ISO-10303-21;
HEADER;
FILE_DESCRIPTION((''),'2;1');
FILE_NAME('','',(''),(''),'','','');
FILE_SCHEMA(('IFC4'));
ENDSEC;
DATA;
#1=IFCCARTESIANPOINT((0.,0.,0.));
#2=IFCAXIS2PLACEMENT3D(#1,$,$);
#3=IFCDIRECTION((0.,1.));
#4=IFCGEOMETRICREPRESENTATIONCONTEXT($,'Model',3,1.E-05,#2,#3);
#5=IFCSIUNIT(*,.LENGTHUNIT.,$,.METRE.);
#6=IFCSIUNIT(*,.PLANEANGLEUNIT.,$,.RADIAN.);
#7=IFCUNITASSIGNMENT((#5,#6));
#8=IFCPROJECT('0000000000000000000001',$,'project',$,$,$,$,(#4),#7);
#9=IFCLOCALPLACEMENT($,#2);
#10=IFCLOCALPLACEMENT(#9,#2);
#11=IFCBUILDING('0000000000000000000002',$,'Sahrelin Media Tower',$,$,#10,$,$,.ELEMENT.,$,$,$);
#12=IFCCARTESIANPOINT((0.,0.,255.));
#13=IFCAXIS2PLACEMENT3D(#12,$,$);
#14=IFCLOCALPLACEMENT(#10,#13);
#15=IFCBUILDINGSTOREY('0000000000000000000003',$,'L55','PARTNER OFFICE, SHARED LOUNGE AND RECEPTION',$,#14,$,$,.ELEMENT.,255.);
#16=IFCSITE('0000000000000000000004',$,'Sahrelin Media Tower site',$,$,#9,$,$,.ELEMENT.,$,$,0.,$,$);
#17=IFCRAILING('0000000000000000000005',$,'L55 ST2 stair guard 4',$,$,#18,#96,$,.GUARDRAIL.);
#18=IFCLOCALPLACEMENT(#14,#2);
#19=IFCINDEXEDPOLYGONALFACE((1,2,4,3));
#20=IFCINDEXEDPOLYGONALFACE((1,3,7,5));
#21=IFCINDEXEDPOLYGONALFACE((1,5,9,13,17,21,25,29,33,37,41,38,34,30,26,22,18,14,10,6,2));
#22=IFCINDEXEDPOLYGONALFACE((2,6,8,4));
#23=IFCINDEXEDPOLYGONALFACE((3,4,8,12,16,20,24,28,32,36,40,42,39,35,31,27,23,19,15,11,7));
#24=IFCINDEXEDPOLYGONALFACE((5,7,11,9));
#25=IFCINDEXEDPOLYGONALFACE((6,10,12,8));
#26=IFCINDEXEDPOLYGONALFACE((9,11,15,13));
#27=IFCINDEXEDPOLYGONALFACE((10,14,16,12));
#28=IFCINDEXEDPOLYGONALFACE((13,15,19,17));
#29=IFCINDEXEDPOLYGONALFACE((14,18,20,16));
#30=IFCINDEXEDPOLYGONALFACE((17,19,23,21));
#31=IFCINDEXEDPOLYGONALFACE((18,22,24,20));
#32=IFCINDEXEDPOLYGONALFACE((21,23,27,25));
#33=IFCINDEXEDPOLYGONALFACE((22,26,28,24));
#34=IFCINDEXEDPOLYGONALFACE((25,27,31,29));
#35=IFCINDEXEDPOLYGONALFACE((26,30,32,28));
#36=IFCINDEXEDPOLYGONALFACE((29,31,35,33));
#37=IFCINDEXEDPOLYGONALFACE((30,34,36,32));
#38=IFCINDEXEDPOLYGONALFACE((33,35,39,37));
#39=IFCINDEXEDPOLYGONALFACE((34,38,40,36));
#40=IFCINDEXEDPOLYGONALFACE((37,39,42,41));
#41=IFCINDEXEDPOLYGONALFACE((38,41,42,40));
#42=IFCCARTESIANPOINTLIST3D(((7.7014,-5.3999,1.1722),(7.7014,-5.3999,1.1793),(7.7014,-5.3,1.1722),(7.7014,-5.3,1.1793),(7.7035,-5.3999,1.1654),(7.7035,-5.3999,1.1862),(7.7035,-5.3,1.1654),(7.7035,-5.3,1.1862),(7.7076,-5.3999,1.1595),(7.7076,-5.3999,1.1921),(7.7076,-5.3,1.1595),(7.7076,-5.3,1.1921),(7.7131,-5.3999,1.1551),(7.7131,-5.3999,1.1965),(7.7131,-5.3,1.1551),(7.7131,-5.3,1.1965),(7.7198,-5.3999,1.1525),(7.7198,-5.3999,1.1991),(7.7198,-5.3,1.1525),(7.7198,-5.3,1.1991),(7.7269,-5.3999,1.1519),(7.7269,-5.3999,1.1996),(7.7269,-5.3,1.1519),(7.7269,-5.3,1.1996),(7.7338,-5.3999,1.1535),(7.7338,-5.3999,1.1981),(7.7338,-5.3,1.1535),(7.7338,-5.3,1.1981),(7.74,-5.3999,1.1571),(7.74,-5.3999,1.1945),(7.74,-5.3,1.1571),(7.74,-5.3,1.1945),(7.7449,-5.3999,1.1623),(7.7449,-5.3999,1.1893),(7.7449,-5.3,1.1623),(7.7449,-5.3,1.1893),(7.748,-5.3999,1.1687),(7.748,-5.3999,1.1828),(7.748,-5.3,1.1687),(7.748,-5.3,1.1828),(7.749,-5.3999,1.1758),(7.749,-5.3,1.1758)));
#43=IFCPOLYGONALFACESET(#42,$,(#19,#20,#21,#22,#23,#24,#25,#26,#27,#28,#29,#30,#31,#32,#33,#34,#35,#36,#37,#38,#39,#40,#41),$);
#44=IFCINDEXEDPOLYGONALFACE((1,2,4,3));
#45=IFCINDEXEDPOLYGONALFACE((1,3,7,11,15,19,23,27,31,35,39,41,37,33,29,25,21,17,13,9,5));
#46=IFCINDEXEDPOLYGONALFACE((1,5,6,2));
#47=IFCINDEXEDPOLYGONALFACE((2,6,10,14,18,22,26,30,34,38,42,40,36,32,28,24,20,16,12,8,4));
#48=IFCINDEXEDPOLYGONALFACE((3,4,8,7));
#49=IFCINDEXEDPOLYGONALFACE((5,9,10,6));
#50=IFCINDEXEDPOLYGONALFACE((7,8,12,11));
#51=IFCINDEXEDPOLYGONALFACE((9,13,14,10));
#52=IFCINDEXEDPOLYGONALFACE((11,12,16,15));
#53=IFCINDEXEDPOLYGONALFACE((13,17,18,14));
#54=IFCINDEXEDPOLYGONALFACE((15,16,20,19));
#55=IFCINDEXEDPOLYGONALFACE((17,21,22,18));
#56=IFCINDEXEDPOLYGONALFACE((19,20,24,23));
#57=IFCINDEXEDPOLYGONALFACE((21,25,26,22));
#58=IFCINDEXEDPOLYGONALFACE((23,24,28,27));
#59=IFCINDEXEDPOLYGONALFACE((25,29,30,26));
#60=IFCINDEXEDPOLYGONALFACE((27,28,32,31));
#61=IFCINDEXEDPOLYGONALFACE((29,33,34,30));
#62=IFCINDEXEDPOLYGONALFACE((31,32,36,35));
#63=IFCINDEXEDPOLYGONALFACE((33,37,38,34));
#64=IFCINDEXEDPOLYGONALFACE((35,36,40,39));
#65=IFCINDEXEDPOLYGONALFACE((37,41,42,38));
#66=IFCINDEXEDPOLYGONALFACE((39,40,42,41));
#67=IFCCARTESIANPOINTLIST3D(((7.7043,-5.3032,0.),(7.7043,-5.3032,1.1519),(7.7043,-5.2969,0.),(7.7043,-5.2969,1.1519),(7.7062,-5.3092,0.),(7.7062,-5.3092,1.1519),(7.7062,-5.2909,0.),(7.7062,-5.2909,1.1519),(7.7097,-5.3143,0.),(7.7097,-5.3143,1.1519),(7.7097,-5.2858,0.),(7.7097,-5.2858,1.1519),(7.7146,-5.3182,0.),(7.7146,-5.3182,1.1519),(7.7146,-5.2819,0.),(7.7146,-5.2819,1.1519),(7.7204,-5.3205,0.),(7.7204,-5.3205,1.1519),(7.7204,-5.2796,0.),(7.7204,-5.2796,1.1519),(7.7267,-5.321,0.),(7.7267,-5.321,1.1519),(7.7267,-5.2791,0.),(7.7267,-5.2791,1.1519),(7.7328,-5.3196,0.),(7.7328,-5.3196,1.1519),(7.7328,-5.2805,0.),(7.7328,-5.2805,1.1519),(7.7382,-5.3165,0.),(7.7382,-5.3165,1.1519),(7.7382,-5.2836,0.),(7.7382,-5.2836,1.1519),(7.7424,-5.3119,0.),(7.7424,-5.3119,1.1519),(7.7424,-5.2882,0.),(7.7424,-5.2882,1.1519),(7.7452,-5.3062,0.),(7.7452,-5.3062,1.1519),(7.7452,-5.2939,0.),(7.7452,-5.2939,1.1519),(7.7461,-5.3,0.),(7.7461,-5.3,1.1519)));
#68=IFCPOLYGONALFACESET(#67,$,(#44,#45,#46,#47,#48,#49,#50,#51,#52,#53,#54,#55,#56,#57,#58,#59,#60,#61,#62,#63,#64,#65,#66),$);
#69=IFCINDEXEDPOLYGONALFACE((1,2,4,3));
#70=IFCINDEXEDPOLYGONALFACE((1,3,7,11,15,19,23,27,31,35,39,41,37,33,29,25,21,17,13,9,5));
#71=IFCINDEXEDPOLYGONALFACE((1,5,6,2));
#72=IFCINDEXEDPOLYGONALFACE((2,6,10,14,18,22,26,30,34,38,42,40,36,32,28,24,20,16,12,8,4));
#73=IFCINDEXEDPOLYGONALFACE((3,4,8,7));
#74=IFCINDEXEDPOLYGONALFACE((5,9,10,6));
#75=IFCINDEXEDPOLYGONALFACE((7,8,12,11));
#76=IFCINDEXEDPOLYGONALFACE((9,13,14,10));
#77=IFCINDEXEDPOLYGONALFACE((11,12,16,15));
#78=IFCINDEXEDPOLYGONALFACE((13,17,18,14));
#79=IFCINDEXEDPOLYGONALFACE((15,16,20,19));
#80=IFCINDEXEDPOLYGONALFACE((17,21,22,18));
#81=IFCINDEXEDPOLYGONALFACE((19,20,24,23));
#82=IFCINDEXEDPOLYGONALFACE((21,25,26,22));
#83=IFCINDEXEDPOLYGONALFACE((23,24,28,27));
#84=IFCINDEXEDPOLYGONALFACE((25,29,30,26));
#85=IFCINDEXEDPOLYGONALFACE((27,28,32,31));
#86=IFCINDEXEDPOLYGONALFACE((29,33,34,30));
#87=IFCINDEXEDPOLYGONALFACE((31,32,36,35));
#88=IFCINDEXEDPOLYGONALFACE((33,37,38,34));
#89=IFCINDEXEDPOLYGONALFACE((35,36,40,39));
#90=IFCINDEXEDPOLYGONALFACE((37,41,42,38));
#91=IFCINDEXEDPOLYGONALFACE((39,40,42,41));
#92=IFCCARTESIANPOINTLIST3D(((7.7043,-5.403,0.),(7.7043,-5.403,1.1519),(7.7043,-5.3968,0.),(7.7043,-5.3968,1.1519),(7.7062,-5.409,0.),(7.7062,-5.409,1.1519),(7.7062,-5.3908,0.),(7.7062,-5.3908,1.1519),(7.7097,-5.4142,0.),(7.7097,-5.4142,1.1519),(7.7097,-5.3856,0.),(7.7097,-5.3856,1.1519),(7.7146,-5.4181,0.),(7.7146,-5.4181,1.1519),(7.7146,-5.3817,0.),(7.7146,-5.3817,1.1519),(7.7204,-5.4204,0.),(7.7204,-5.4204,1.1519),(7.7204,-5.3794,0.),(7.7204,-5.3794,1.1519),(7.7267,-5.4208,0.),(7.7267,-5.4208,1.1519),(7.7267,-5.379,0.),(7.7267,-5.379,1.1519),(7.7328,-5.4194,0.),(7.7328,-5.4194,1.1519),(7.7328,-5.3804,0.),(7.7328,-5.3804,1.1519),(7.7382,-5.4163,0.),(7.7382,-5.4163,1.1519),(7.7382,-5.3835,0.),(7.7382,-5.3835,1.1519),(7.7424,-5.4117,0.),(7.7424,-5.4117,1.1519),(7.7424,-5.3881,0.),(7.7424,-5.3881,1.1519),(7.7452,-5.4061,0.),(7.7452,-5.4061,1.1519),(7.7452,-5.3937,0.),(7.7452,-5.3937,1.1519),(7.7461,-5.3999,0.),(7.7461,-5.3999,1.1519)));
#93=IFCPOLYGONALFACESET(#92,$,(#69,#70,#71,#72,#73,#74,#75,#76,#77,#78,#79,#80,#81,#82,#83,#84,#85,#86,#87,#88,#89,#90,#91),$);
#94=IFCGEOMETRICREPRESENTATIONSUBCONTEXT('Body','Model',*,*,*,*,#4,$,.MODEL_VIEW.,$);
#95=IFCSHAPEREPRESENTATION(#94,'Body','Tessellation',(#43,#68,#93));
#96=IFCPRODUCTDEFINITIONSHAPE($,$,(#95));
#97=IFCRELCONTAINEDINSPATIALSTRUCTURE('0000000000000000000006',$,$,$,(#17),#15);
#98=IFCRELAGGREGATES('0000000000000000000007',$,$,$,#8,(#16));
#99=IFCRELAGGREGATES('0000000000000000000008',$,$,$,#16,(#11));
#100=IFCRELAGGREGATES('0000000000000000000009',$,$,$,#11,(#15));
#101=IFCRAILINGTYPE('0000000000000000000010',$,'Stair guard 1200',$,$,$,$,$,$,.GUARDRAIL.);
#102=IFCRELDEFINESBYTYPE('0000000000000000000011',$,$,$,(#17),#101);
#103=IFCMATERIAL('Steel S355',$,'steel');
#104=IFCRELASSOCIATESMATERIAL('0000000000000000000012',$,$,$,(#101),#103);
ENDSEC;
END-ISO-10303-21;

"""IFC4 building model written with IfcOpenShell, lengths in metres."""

from ifc_helpers import new_model, si_unit, direction, frame, origin, origin_2d, place, context, subcontext, project, spatial, circle, extrude, material, type_object, element, save


model = new_model("IFC4")

# Units and contexts
model_context = context("Model", 3, precision=1e-05, world=origin(), true_north=direction((0.0, 1.0)))
body_context = subcontext(model_context, "Body", "Model", "MODEL_VIEW")
ifc_project = project(units=[si_unit("LENGTHUNIT", "METRE"), si_unit("PLANEANGLEUNIT", "RADIAN")], contexts=[model_context])

# Site, building, storey
site_placement = place(None, origin())
site = spatial("IfcSite", under=ifc_project, at=site_placement, Name="Sahrelin Media Tower site", CompositionType="ELEMENT", RefElevation=0.0)
building_placement = place(site_placement, origin())
building = spatial("IfcBuilding", under=site, at=building_placement, Name="Sahrelin Media Tower", CompositionType="ELEMENT")
storey_placement = place(building_placement, frame((0.0, 0.0, 255.0)))
storey = spatial("IfcBuildingStorey", under=building, at=storey_placement, Name="L55", Description="PARTNER OFFICE, SHARED LOUNGE AND RECEPTION", CompositionType="ELEMENT", Elevation=255.0)

# Shared definitions
ifc_material_1 = material(Name="Steel S355", Category="steel")

# Railing
railing_type_1 = type_object("IfcRailingType", Name="Stair guard 1200", PredefinedType="GUARDRAIL", material=ifc_material_1)
railing_1_placement = place(storey_placement, frame((7.7251, -5.3, 0.0)))
element("IfcRailing", 1, at=railing_1_placement, inside=storey, type_object=railing_type_1, Name="L55 ST2 stair guard 4", PredefinedType="GUARDRAIL", context=body_context, shape_type="SweptSolid", body=[
    extrude(circle(Radius=0.0239, at=origin_2d()), frame((0.0, 0.0, 1.1758), z_axis=(0.0, -1.0, 0.0), x_axis=(1.0, 0.0, 0.0)), (0.0, 0.0, 1.0), 0.0999),
    extrude(circle(Radius=0.021, at=origin_2d()), origin(), (0.0, 0.0, 1.0), 1.1519),
    extrude(circle(Radius=0.021, at=origin_2d()), frame((0.0, -0.0999, 0.0)), (0.0, 0.0, 1.0), 1.1519),
])

save(model, "model.ifc")
